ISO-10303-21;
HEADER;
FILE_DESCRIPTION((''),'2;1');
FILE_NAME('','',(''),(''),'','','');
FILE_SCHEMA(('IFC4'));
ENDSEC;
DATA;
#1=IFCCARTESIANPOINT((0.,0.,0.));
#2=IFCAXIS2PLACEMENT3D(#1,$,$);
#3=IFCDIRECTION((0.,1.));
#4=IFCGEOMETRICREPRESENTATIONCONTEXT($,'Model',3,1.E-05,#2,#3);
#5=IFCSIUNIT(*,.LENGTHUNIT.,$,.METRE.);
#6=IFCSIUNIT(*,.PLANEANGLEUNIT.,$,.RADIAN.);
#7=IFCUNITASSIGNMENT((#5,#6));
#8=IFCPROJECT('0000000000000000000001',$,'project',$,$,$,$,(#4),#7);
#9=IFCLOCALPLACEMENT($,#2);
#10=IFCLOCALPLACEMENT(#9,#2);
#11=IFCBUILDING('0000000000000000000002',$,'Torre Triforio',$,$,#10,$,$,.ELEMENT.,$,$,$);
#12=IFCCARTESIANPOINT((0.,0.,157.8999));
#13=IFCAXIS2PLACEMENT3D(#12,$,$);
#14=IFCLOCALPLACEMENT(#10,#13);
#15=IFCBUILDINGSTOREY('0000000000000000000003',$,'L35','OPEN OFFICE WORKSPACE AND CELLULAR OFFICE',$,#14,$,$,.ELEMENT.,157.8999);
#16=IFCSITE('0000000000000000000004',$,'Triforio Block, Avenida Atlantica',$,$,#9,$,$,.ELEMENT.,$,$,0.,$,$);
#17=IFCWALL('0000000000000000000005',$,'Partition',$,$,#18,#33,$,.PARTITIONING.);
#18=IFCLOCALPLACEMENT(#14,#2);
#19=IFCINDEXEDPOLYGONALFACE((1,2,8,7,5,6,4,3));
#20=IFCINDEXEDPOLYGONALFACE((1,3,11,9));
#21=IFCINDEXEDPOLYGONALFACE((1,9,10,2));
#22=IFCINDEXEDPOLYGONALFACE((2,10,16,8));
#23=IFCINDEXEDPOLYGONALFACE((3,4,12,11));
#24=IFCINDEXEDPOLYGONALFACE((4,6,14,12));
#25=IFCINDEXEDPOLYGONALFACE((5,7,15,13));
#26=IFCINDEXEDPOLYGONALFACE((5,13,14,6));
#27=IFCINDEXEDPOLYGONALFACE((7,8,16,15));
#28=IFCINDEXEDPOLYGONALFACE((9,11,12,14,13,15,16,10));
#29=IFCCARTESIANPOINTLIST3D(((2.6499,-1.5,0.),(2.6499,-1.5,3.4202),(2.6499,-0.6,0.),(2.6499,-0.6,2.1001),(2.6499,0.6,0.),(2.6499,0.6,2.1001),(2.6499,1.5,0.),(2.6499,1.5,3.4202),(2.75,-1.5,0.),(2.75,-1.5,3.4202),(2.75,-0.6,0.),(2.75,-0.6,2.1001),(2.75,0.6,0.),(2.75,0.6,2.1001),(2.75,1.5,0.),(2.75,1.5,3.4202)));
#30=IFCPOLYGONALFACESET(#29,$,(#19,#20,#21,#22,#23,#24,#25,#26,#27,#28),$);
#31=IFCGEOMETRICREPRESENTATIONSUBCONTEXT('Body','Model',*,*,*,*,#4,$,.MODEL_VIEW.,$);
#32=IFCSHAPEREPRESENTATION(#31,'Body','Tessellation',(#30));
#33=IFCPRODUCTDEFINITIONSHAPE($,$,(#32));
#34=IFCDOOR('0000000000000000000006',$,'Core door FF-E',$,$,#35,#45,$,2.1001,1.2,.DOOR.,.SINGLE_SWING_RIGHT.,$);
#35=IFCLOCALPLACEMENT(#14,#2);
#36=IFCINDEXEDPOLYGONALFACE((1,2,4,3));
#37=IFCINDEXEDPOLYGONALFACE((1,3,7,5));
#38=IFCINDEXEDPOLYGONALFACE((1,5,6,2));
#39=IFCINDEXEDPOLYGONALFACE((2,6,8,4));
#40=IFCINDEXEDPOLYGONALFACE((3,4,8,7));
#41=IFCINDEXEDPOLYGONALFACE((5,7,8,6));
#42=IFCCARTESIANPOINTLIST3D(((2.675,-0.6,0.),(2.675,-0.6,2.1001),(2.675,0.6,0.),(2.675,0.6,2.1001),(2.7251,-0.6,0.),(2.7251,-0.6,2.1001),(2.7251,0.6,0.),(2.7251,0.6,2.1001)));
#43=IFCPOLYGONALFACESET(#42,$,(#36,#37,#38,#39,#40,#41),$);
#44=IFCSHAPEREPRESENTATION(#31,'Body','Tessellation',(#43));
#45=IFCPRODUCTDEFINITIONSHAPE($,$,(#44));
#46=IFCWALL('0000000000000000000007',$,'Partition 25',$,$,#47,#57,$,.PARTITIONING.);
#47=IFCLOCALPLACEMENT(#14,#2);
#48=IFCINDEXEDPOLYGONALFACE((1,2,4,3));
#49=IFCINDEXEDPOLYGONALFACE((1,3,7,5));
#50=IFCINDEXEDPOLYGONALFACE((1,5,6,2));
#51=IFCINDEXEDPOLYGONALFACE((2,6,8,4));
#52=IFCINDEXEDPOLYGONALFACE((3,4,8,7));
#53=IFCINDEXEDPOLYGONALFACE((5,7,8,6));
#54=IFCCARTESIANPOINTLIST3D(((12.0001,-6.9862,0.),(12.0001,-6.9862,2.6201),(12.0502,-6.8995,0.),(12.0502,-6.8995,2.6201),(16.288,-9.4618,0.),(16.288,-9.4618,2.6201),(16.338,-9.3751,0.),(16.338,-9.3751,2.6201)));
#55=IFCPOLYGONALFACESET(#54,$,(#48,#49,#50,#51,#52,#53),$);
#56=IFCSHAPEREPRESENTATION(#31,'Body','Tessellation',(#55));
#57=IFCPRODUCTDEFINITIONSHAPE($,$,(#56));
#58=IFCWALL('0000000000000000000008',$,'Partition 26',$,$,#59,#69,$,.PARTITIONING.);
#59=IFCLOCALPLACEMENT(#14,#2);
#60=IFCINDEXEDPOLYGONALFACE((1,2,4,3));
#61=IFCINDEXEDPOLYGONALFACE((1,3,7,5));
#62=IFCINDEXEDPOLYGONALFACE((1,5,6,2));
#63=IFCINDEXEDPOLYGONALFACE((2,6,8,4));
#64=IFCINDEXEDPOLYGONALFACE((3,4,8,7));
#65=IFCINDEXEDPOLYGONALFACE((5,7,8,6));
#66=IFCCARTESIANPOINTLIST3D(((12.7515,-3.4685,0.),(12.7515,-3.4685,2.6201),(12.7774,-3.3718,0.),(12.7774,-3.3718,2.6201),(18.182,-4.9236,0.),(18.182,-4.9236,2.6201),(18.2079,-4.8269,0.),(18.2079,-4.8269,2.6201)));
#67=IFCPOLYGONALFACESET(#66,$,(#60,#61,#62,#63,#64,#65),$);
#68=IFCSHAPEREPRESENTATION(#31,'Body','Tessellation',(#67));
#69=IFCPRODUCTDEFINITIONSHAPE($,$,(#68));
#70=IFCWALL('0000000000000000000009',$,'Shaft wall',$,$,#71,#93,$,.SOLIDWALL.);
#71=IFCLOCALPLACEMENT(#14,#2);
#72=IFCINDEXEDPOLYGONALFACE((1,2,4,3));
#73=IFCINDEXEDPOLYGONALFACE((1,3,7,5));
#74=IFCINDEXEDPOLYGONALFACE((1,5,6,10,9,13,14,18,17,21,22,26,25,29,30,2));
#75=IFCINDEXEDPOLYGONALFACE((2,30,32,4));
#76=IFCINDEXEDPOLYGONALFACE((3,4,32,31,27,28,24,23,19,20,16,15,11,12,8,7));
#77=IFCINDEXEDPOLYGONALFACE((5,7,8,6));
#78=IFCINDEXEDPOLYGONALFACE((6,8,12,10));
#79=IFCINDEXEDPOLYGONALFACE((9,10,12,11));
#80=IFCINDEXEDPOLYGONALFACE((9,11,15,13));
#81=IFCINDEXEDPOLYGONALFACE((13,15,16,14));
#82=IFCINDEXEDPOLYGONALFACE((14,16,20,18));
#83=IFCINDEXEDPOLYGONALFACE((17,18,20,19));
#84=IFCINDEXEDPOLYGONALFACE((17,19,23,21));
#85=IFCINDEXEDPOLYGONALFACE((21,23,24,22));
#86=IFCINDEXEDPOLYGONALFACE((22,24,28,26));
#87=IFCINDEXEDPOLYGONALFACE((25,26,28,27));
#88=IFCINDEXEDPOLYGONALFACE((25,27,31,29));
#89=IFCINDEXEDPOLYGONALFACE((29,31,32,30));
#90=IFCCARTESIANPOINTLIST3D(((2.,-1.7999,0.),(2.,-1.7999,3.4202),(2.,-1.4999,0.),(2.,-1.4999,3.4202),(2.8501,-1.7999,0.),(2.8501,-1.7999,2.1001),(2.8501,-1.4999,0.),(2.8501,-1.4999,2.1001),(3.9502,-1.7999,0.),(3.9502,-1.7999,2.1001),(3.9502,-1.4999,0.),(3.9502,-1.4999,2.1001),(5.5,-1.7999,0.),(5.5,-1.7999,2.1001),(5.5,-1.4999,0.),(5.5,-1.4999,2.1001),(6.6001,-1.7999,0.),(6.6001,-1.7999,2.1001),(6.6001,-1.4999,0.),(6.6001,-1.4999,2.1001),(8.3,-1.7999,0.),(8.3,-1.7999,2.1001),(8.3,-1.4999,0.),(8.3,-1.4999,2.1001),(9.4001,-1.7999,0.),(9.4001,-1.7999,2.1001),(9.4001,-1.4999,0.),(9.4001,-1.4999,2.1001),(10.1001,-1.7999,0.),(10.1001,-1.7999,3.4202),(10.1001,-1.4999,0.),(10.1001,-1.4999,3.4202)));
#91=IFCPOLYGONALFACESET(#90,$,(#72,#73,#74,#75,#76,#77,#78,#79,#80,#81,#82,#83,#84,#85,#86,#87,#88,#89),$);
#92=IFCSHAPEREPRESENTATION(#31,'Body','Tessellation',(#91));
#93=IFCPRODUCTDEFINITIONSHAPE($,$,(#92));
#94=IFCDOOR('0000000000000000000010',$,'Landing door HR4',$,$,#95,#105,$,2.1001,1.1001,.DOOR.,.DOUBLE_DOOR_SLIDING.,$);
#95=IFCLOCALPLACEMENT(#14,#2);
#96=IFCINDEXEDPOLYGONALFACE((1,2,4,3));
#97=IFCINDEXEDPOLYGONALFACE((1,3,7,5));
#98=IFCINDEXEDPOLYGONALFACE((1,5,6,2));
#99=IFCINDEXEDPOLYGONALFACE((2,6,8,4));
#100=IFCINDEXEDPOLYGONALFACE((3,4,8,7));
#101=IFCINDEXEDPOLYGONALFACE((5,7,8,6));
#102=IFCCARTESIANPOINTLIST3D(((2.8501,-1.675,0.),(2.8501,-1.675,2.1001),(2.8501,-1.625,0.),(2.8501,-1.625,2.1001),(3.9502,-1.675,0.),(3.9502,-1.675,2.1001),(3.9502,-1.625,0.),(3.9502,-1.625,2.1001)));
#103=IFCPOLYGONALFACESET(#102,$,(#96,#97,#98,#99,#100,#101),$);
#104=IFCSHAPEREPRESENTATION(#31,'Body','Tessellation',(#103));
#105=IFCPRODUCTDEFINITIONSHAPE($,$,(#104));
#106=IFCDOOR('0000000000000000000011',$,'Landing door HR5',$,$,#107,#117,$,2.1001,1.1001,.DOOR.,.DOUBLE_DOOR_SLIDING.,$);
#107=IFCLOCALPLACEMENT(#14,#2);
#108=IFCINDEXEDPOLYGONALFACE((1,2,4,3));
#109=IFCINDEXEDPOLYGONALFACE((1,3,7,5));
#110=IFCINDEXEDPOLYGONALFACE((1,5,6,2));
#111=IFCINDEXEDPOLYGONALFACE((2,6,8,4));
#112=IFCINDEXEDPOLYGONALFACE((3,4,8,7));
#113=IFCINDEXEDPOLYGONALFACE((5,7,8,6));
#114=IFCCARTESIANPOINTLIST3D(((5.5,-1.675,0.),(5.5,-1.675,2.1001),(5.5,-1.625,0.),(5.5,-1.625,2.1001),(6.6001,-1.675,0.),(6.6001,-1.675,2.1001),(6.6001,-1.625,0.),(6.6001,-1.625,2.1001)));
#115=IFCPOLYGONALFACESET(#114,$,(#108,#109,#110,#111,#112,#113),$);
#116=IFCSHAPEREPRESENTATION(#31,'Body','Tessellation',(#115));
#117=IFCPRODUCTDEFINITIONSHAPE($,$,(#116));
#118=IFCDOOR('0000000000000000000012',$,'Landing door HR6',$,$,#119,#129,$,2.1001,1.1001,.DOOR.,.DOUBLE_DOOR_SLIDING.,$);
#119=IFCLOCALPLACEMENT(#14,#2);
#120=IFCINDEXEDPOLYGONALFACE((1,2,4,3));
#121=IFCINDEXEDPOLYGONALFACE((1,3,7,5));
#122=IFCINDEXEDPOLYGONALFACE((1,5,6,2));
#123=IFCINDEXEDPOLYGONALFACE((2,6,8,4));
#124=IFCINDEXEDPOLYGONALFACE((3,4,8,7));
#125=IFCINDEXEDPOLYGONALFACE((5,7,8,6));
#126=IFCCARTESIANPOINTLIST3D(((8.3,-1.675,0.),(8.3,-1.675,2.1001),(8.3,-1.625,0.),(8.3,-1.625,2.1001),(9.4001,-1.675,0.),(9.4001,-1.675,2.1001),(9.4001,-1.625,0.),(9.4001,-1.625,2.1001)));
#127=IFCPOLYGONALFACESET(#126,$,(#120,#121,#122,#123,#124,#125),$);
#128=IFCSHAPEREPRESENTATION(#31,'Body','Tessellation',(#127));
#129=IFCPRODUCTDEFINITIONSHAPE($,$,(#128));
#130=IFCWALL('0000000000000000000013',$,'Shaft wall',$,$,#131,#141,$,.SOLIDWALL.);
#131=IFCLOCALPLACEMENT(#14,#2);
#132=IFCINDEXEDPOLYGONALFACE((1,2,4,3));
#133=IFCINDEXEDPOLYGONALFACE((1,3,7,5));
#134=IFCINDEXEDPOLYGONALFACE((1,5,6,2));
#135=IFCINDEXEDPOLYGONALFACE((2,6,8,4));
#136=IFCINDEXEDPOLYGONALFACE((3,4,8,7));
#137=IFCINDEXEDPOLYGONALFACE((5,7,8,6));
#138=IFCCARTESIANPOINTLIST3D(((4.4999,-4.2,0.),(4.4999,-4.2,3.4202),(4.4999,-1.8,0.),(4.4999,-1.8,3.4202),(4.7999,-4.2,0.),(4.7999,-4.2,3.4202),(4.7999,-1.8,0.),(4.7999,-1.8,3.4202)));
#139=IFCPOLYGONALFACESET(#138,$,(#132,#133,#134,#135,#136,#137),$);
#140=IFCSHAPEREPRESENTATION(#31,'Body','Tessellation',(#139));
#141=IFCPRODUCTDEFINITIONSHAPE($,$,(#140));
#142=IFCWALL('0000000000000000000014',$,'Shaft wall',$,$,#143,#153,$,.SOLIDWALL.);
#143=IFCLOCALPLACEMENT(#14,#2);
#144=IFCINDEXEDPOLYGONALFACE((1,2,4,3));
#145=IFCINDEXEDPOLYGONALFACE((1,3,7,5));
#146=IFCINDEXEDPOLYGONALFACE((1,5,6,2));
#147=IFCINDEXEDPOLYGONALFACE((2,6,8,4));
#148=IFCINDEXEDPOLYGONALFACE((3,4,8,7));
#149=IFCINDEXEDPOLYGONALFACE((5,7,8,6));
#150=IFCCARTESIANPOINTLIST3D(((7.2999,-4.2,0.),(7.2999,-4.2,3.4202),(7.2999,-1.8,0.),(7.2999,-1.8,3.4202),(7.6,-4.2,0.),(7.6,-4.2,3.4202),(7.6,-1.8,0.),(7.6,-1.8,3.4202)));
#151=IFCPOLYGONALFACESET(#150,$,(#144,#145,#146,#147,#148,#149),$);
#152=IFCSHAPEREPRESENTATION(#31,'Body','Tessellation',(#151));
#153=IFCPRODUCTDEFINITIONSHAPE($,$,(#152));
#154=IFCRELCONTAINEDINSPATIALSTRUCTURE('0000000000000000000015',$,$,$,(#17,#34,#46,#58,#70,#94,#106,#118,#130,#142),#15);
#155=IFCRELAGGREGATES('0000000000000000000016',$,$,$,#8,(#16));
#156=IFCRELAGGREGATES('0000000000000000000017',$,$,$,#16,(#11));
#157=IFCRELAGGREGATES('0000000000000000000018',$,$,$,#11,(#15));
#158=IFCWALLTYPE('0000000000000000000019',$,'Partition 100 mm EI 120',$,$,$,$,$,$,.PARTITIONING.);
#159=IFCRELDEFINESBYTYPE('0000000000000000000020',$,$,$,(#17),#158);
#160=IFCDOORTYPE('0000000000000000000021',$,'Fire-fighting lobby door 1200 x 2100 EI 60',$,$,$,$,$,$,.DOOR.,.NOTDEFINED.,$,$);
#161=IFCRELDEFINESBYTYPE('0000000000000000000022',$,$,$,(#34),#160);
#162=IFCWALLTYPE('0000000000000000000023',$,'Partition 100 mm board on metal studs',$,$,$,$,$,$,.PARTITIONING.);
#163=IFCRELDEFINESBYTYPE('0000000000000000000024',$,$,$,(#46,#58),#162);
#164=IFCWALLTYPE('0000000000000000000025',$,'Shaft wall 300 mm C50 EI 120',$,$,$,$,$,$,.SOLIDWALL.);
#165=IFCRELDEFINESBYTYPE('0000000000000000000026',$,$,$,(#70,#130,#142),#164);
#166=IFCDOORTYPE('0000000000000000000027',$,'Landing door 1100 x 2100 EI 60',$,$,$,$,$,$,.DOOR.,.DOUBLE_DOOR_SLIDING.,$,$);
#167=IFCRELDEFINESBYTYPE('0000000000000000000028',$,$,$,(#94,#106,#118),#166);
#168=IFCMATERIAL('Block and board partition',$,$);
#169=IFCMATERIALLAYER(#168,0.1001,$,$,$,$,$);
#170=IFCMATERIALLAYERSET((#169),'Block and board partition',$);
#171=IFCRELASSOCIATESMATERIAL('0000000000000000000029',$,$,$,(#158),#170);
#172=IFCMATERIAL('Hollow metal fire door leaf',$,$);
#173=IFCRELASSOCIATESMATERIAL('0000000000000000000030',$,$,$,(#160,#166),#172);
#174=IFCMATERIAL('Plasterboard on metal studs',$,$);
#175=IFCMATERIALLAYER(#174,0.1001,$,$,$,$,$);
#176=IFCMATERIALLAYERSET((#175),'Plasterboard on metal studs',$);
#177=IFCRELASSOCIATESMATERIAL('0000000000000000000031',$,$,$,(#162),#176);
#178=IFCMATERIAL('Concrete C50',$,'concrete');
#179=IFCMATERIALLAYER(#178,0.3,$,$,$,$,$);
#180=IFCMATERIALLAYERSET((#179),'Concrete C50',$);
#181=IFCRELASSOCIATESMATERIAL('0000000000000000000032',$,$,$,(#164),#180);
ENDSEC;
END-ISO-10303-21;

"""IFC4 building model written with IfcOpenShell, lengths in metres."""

from ifc_helpers import new_model, si_unit, direction, frame, frame_2d, origin, place, context, subcontext, project, spatial, rectangle, extrude, material, layer, layer_set, type_object, element, fill, save


model = new_model("IFC4")

# Units and contexts
model_context = context("Model", 3, precision=1e-05, world=origin(), true_north=direction((0.0, 1.0)))
body_context = subcontext(model_context, "Body", "Model", "MODEL_VIEW")
ifc_project = project(units=[si_unit("LENGTHUNIT", "METRE"), si_unit("PLANEANGLEUNIT", "RADIAN")], contexts=[model_context])

# Site, building, storey
site_placement = place(None, origin())
site = spatial("IfcSite", under=ifc_project, at=site_placement, Name="Triforio Block, Avenida Atlantica", CompositionType="ELEMENT", RefElevation=0.0)
building_placement = place(site_placement, origin())
building = spatial("IfcBuilding", under=site, at=building_placement, Name="Torre Triforio", CompositionType="ELEMENT")
storey_placement = place(building_placement, frame((0.0, 0.0, 157.8999)))
storey = spatial("IfcBuildingStorey", under=building, at=storey_placement, Name="L35", Description="OPEN OFFICE WORKSPACE AND CELLULAR OFFICE", CompositionType="ELEMENT", Elevation=157.8999)

# Shared definitions
ifc_material_1 = material(Name="Concrete C50", Category="concrete")

# Wall, opening, door
ifc_material_2 = material(Name="Hollow metal fire door leaf")
ifc_material_3 = material(Name="Plasterboard on metal studs")
ifc_material_4 = material(Name="Block and board partition")
ifc_layer_1 = layer(ifc_material_4, 0.1001)
ifc_layer_set_1 = layer_set([ifc_layer_1], Name="Block and board partition")
wall_type_1 = type_object("IfcWallType", Name="Partition 100 mm EI 120", PredefinedType="PARTITIONING", material=ifc_layer_set_1)
wall_1_placement = place(storey_placement, frame((2.7, -1.5, 0.0), z_axis=(0.0, 0.0, 1.0), x_axis=(0.0, 1.0, 0.0)))
wall_1 = element("IfcWall", 1, at=wall_1_placement, inside=storey, type_object=wall_type_1, Name="Partition", PredefinedType="PARTITIONING", context=body_context, shape_type="SweptSolid", body=[
    extrude(rectangle(XDim=3.0, YDim=0.1001, at=frame_2d((1.5, 0.0))), origin(), (0.0, 0.0, 1.0), 3.4202),
])
opening_1_placement = place(wall_1_placement, frame((0.8999, 0.0, 0.0)))
opening_1 = element("IfcOpeningElement", 2, at=opening_1_placement, cuts=wall_1, PredefinedType="OPENING", context=body_context, shape_type="SweptSolid", body=[
    extrude(rectangle(XDim=1.2, YDim=2.1001, at=frame_2d((0.6001, 1.05))), frame((0.0, 0.0601, 0.0), z_axis=(0.0, -1.0, 0.0), x_axis=(1.0, 0.0, 0.0)), (0.0, 0.0, 1.0), 0.1201),
])
door_type_1 = type_object("IfcDoorType", Name="Fire-fighting lobby door 1200 x 2100 EI 60", OperationType="NOTDEFINED", PredefinedType="DOOR", material=ifc_material_2)
door_1_placement = place(opening_1_placement, origin())
door_1 = element("IfcDoor", 3, at=door_1_placement, inside=storey, type_object=door_type_1, Name="Core door FF-E", OperationType="SINGLE_SWING_RIGHT", OverallHeight=2.1001, OverallWidth=1.2, PredefinedType="DOOR", context=body_context, shape_type="SweptSolid", body=[
    extrude(rectangle(XDim=1.2, YDim=2.1001, at=frame_2d((0.6001, 1.05))), frame((0.0, 0.0249, 0.0), z_axis=(0.0, -1.0, 0.0), x_axis=(1.0, 0.0, 0.0)), (0.0, 0.0, 1.0), 0.05),
])
fill(opening_1, door_1)

# Walls
ifc_layer_2 = layer(ifc_material_3, 0.1001)
ifc_layer_set_2 = layer_set([ifc_layer_2], Name="Plasterboard on metal studs")
wall_type_2 = type_object("IfcWallType", Name="Partition 100 mm board on metal studs", PredefinedType="PARTITIONING", material=ifc_layer_set_2)
wall_2_placement = place(storey_placement, frame((12.0251, -6.9429, 0.0), z_axis=(0.0, 0.0, 1.0), x_axis=(0.866025, -0.5, 0.0)))
element("IfcWall", 4, at=wall_2_placement, inside=storey, type_object=wall_type_2, Name="Partition 25", PredefinedType="PARTITIONING", context=body_context, shape_type="SweptSolid", body=[
    extrude(rectangle(XDim=4.9512, YDim=0.1001, at=frame_2d((2.4756, 0.0))), origin(), (0.0, 0.0, 1.0), 2.6201),
])
wall_3_placement = place(storey_placement, frame((12.7644, -3.4202, 0.0), z_axis=(0.0, 0.0, 1.0), x_axis=(0.965926, -0.258819, 0.0)))
element("IfcWall", 5, at=wall_3_placement, inside=storey, type_object=wall_type_2, Name="Partition 26", PredefinedType="PARTITIONING", context=body_context, shape_type="SweptSolid", body=[
    extrude(rectangle(XDim=5.6221, YDim=0.1001, at=frame_2d((2.811, 0.0))), origin(), (0.0, 0.0, 1.0), 2.6201),
])

# Wall, openings, doors
ifc_layer_3 = layer(ifc_material_1, 0.3)
ifc_layer_set_3 = layer_set([ifc_layer_3], Name="Concrete C50")
wall_type_3 = type_object("IfcWallType", Name="Shaft wall 300 mm C50 EI 120", PredefinedType="SOLIDWALL", material=ifc_layer_set_3)
wall_4_placement = place(storey_placement, frame((2.0, -1.6499, 0.0), z_axis=(0.0, 0.0, 1.0), x_axis=(1.0, 0.0, 0.0)))
wall_4 = element("IfcWall", 6, at=wall_4_placement, inside=storey, type_object=wall_type_3, Name="Shaft wall", PredefinedType="SOLIDWALL", context=body_context, shape_type="SweptSolid", body=[
    extrude(rectangle(XDim=8.1001, YDim=0.3, at=frame_2d((4.05, 0.0))), origin(), (0.0, 0.0, 1.0), 3.4202),
])
opening_2_placement = place(wall_4_placement, frame((0.8501, 0.0, 0.0)))
opening_2 = element("IfcOpeningElement", 7, at=opening_2_placement, cuts=wall_4, PredefinedType="OPENING", context=body_context, shape_type="SweptSolid", body=[
    extrude(rectangle(XDim=1.1001, YDim=2.1001, at=frame_2d((0.55, 1.05))), frame((0.0, 0.1599, 0.0), z_axis=(0.0, -1.0, 0.0), x_axis=(1.0, 0.0, 0.0)), (0.0, 0.0, 1.0), 0.3201),
])
opening_3_placement = place(wall_4_placement, frame((3.5, 0.0, 0.0)))
opening_3 = element("IfcOpeningElement", 8, at=opening_3_placement, cuts=wall_4, PredefinedType="OPENING", context=body_context, shape_type="SweptSolid", body=[
    extrude(rectangle(XDim=1.1001, YDim=2.1001, at=frame_2d((0.55, 1.05))), frame((0.0, 0.1599, 0.0), z_axis=(0.0, -1.0, 0.0), x_axis=(1.0, 0.0, 0.0)), (0.0, 0.0, 1.0), 0.3201),
])
opening_4_placement = place(wall_4_placement, frame((6.3, 0.0, 0.0)))
opening_4 = element("IfcOpeningElement", 9, at=opening_4_placement, cuts=wall_4, PredefinedType="OPENING", context=body_context, shape_type="SweptSolid", body=[
    extrude(rectangle(XDim=1.1001, YDim=2.1001, at=frame_2d((0.55, 1.05))), frame((0.0, 0.1599, 0.0), z_axis=(0.0, -1.0, 0.0), x_axis=(1.0, 0.0, 0.0)), (0.0, 0.0, 1.0), 0.3201),
])
door_type_2 = type_object("IfcDoorType", Name="Landing door 1100 x 2100 EI 60", OperationType="DOUBLE_DOOR_SLIDING", PredefinedType="DOOR", material=ifc_material_2)
door_2_placement = place(opening_2_placement, origin())
door_2 = element("IfcDoor", 10, at=door_2_placement, inside=storey, type_object=door_type_2, Name="Landing door HR4", OperationType="DOUBLE_DOOR_SLIDING", OverallHeight=2.1001, OverallWidth=1.1001, PredefinedType="DOOR", context=body_context, shape_type="SweptSolid", body=[
    extrude(rectangle(XDim=1.1001, YDim=2.1001, at=frame_2d((0.55, 1.05))), frame((0.0, 0.0249, 0.0), z_axis=(0.0, -1.0, 0.0), x_axis=(1.0, 0.0, 0.0)), (0.0, 0.0, 1.0), 0.05),
])
fill(opening_2, door_2)
door_3_placement = place(opening_3_placement, origin())
door_3 = element("IfcDoor", 11, at=door_3_placement, inside=storey, type_object=door_type_2, Name="Landing door HR5", OperationType="DOUBLE_DOOR_SLIDING", OverallHeight=2.1001, OverallWidth=1.1001, PredefinedType="DOOR", context=body_context, shape_type="SweptSolid", body=[
    extrude(rectangle(XDim=1.1001, YDim=2.1001, at=frame_2d((0.55, 1.05))), frame((0.0, 0.0249, 0.0), z_axis=(0.0, -1.0, 0.0), x_axis=(1.0, 0.0, 0.0)), (0.0, 0.0, 1.0), 0.05),
])
fill(opening_3, door_3)
door_4_placement = place(opening_4_placement, origin())
door_4 = element("IfcDoor", 12, at=door_4_placement, inside=storey, type_object=door_type_2, Name="Landing door HR6", OperationType="DOUBLE_DOOR_SLIDING", OverallHeight=2.1001, OverallWidth=1.1001, PredefinedType="DOOR", context=body_context, shape_type="SweptSolid", body=[
    extrude(rectangle(XDim=1.1001, YDim=2.1001, at=frame_2d((0.55, 1.05))), frame((0.0, 0.0249, 0.0), z_axis=(0.0, -1.0, 0.0), x_axis=(1.0, 0.0, 0.0)), (0.0, 0.0, 1.0), 0.05),
])
fill(opening_4, door_4)

# Walls
for number, where, z_axis, x_axis, name in (
    (13, (4.6499, -4.2, 0.0), (0.0, 0.0, 1.0), (0.0, 1.0, 0.0), "Shaft wall"),
    (14, (7.45, -4.2, 0.0), (0.0, 0.0, 1.0), (0.0, 1.0, 0.0), "Shaft wall"),
):
    element("IfcWall", number, at=place(storey_placement, frame(where, z_axis=z_axis, x_axis=x_axis)), inside=storey, type_object=wall_type_3, Name=name, PredefinedType="SOLIDWALL", context=body_context, shape_type="SweptSolid", body=[
        extrude(rectangle(XDim=2.3999, YDim=0.3, at=frame_2d((1.2, 0.0))), origin(), (0.0, 0.0, 1.0), 3.4202),
    ])

save(model, "model.ifc")
